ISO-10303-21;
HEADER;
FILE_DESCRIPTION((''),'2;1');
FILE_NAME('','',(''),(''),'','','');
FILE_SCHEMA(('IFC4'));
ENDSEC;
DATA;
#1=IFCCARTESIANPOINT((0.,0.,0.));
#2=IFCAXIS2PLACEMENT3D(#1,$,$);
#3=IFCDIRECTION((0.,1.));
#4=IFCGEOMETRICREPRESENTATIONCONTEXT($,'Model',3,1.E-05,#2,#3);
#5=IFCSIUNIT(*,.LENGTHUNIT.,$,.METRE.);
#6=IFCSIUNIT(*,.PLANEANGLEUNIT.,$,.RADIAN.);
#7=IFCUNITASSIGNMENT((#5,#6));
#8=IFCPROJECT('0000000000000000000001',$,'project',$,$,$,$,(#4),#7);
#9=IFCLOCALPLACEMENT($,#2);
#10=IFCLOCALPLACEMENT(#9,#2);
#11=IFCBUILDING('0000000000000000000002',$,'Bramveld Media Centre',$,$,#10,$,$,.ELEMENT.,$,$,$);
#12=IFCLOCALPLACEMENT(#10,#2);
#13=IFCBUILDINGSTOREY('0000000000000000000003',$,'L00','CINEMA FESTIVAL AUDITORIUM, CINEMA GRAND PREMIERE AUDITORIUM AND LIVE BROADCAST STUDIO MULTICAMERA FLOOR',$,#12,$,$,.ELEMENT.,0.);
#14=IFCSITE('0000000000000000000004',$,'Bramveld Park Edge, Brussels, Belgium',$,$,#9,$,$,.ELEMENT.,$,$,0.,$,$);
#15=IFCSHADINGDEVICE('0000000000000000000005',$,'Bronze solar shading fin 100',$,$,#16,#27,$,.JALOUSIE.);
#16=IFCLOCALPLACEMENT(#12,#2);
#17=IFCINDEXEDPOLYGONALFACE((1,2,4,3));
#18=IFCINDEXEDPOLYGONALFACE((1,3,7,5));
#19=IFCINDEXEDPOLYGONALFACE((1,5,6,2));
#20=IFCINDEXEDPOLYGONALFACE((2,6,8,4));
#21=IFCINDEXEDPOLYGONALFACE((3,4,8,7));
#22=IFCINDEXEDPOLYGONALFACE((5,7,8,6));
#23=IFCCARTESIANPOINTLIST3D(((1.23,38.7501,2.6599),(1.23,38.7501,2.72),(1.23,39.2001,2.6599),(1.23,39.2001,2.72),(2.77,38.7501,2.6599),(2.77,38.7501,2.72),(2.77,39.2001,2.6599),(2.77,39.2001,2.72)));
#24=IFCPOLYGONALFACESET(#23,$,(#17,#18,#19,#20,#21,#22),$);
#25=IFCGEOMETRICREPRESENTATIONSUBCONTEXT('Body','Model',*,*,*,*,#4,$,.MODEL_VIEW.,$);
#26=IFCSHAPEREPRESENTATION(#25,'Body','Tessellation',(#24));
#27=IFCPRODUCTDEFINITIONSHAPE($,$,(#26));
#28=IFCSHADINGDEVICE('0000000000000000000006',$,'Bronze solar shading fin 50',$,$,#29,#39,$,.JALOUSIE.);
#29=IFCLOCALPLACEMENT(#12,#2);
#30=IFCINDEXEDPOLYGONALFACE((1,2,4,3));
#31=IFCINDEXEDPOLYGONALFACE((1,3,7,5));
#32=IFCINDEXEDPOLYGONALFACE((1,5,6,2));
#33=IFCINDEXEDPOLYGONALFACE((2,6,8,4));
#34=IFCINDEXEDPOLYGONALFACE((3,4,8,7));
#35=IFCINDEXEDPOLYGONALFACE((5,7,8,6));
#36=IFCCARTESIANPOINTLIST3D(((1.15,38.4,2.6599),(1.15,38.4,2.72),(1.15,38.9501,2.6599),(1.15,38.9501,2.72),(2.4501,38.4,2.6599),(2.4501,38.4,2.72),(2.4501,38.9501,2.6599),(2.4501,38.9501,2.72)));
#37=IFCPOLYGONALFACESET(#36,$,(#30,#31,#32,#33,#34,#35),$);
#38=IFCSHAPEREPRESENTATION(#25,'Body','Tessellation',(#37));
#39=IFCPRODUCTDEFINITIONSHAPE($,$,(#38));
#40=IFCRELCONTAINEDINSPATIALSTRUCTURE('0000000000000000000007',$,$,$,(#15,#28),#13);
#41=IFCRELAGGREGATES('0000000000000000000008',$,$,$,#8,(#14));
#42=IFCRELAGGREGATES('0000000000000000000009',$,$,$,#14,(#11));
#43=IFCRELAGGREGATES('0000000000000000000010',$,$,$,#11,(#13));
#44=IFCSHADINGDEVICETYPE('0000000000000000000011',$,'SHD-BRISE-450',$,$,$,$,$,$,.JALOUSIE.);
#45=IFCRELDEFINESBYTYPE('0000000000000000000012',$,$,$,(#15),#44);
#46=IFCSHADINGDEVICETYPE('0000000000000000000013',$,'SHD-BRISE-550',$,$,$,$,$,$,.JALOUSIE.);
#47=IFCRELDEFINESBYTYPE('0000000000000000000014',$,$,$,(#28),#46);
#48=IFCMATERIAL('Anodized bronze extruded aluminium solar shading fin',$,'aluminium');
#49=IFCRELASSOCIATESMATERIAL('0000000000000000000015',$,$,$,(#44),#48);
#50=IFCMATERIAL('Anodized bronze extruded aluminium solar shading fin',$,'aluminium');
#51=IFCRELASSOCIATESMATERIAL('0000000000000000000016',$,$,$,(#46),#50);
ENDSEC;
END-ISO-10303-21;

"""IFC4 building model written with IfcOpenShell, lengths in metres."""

from ifc_helpers import new_model, si_unit, direction, frame, origin, origin_2d, place, context, subcontext, project, spatial, rectangle, extrude, material, type_object, element, save


model = new_model("IFC4")

# Units and contexts
model_context = context("Model", 3, precision=1e-05, world=origin(), true_north=direction((0.0, 1.0)))
body_context = subcontext(model_context, "Body", "Model", "MODEL_VIEW")
ifc_project = project(units=[si_unit("LENGTHUNIT", "METRE"), si_unit("PLANEANGLEUNIT", "RADIAN")], contexts=[model_context])

# Site, building, storey
site_placement = place(None, origin())
site = spatial("IfcSite", under=ifc_project, at=site_placement, Name="Bramveld Park Edge, Brussels, Belgium", CompositionType="ELEMENT", RefElevation=0.0)
building_placement = place(site_placement, origin())
building = spatial("IfcBuilding", under=site, at=building_placement, Name="Bramveld Media Centre", CompositionType="ELEMENT")
storey_placement = place(building_placement, origin())
storey = spatial("IfcBuildingStorey", under=building, at=storey_placement, Name="L00", Description="CINEMA FESTIVAL AUDITORIUM, CINEMA GRAND PREMIERE AUDITORIUM AND LIVE BROADCAST STUDIO MULTICAMERA FLOOR", CompositionType="ELEMENT", Elevation=0.0)

# Shading devices
ifc_material_1 = material(Name="Anodized bronze extruded aluminium solar shading fin", Category="aluminium")
shading_device_type_1 = type_object("IfcShadingDeviceType", Name="SHD-BRISE-450", PredefinedType="JALOUSIE", material=ifc_material_1)
shading_device_1_placement = place(storey_placement, frame((2.0, 38.9751, 2.6599), z_axis=(0.0, 0.0, 1.0), x_axis=(1.0, 0.0, 0.0)))
element("IfcShadingDevice", 1, at=shading_device_1_placement, inside=storey, type_object=shading_device_type_1, Name="Bronze solar shading fin 100", PredefinedType="JALOUSIE", context=body_context, shape_type="SweptSolid", body=[
    extrude(rectangle(XDim=1.54, YDim=0.45, at=origin_2d()), origin(), (0.0, 0.0, 1.0), 0.0601),
])
ifc_material_2 = material(Name="Anodized bronze extruded aluminium solar shading fin", Category="aluminium")
shading_device_type_2 = type_object("IfcShadingDeviceType", Name="SHD-BRISE-550", PredefinedType="JALOUSIE", material=ifc_material_2)
shading_device_2_placement = place(storey_placement, frame((1.8, 38.675, 2.6599), z_axis=(0.0, 0.0, 1.0), x_axis=(1.0, 0.0, 0.0)))
element("IfcShadingDevice", 2, at=shading_device_2_placement, inside=storey, type_object=shading_device_type_2, Name="Bronze solar shading fin 50", PredefinedType="JALOUSIE", context=body_context, shape_type="SweptSolid", body=[
    extrude(rectangle(XDim=1.3, YDim=0.55, at=origin_2d()), origin(), (0.0, 0.0, 1.0), 0.0601),
])

save(model, "model.ifc")
